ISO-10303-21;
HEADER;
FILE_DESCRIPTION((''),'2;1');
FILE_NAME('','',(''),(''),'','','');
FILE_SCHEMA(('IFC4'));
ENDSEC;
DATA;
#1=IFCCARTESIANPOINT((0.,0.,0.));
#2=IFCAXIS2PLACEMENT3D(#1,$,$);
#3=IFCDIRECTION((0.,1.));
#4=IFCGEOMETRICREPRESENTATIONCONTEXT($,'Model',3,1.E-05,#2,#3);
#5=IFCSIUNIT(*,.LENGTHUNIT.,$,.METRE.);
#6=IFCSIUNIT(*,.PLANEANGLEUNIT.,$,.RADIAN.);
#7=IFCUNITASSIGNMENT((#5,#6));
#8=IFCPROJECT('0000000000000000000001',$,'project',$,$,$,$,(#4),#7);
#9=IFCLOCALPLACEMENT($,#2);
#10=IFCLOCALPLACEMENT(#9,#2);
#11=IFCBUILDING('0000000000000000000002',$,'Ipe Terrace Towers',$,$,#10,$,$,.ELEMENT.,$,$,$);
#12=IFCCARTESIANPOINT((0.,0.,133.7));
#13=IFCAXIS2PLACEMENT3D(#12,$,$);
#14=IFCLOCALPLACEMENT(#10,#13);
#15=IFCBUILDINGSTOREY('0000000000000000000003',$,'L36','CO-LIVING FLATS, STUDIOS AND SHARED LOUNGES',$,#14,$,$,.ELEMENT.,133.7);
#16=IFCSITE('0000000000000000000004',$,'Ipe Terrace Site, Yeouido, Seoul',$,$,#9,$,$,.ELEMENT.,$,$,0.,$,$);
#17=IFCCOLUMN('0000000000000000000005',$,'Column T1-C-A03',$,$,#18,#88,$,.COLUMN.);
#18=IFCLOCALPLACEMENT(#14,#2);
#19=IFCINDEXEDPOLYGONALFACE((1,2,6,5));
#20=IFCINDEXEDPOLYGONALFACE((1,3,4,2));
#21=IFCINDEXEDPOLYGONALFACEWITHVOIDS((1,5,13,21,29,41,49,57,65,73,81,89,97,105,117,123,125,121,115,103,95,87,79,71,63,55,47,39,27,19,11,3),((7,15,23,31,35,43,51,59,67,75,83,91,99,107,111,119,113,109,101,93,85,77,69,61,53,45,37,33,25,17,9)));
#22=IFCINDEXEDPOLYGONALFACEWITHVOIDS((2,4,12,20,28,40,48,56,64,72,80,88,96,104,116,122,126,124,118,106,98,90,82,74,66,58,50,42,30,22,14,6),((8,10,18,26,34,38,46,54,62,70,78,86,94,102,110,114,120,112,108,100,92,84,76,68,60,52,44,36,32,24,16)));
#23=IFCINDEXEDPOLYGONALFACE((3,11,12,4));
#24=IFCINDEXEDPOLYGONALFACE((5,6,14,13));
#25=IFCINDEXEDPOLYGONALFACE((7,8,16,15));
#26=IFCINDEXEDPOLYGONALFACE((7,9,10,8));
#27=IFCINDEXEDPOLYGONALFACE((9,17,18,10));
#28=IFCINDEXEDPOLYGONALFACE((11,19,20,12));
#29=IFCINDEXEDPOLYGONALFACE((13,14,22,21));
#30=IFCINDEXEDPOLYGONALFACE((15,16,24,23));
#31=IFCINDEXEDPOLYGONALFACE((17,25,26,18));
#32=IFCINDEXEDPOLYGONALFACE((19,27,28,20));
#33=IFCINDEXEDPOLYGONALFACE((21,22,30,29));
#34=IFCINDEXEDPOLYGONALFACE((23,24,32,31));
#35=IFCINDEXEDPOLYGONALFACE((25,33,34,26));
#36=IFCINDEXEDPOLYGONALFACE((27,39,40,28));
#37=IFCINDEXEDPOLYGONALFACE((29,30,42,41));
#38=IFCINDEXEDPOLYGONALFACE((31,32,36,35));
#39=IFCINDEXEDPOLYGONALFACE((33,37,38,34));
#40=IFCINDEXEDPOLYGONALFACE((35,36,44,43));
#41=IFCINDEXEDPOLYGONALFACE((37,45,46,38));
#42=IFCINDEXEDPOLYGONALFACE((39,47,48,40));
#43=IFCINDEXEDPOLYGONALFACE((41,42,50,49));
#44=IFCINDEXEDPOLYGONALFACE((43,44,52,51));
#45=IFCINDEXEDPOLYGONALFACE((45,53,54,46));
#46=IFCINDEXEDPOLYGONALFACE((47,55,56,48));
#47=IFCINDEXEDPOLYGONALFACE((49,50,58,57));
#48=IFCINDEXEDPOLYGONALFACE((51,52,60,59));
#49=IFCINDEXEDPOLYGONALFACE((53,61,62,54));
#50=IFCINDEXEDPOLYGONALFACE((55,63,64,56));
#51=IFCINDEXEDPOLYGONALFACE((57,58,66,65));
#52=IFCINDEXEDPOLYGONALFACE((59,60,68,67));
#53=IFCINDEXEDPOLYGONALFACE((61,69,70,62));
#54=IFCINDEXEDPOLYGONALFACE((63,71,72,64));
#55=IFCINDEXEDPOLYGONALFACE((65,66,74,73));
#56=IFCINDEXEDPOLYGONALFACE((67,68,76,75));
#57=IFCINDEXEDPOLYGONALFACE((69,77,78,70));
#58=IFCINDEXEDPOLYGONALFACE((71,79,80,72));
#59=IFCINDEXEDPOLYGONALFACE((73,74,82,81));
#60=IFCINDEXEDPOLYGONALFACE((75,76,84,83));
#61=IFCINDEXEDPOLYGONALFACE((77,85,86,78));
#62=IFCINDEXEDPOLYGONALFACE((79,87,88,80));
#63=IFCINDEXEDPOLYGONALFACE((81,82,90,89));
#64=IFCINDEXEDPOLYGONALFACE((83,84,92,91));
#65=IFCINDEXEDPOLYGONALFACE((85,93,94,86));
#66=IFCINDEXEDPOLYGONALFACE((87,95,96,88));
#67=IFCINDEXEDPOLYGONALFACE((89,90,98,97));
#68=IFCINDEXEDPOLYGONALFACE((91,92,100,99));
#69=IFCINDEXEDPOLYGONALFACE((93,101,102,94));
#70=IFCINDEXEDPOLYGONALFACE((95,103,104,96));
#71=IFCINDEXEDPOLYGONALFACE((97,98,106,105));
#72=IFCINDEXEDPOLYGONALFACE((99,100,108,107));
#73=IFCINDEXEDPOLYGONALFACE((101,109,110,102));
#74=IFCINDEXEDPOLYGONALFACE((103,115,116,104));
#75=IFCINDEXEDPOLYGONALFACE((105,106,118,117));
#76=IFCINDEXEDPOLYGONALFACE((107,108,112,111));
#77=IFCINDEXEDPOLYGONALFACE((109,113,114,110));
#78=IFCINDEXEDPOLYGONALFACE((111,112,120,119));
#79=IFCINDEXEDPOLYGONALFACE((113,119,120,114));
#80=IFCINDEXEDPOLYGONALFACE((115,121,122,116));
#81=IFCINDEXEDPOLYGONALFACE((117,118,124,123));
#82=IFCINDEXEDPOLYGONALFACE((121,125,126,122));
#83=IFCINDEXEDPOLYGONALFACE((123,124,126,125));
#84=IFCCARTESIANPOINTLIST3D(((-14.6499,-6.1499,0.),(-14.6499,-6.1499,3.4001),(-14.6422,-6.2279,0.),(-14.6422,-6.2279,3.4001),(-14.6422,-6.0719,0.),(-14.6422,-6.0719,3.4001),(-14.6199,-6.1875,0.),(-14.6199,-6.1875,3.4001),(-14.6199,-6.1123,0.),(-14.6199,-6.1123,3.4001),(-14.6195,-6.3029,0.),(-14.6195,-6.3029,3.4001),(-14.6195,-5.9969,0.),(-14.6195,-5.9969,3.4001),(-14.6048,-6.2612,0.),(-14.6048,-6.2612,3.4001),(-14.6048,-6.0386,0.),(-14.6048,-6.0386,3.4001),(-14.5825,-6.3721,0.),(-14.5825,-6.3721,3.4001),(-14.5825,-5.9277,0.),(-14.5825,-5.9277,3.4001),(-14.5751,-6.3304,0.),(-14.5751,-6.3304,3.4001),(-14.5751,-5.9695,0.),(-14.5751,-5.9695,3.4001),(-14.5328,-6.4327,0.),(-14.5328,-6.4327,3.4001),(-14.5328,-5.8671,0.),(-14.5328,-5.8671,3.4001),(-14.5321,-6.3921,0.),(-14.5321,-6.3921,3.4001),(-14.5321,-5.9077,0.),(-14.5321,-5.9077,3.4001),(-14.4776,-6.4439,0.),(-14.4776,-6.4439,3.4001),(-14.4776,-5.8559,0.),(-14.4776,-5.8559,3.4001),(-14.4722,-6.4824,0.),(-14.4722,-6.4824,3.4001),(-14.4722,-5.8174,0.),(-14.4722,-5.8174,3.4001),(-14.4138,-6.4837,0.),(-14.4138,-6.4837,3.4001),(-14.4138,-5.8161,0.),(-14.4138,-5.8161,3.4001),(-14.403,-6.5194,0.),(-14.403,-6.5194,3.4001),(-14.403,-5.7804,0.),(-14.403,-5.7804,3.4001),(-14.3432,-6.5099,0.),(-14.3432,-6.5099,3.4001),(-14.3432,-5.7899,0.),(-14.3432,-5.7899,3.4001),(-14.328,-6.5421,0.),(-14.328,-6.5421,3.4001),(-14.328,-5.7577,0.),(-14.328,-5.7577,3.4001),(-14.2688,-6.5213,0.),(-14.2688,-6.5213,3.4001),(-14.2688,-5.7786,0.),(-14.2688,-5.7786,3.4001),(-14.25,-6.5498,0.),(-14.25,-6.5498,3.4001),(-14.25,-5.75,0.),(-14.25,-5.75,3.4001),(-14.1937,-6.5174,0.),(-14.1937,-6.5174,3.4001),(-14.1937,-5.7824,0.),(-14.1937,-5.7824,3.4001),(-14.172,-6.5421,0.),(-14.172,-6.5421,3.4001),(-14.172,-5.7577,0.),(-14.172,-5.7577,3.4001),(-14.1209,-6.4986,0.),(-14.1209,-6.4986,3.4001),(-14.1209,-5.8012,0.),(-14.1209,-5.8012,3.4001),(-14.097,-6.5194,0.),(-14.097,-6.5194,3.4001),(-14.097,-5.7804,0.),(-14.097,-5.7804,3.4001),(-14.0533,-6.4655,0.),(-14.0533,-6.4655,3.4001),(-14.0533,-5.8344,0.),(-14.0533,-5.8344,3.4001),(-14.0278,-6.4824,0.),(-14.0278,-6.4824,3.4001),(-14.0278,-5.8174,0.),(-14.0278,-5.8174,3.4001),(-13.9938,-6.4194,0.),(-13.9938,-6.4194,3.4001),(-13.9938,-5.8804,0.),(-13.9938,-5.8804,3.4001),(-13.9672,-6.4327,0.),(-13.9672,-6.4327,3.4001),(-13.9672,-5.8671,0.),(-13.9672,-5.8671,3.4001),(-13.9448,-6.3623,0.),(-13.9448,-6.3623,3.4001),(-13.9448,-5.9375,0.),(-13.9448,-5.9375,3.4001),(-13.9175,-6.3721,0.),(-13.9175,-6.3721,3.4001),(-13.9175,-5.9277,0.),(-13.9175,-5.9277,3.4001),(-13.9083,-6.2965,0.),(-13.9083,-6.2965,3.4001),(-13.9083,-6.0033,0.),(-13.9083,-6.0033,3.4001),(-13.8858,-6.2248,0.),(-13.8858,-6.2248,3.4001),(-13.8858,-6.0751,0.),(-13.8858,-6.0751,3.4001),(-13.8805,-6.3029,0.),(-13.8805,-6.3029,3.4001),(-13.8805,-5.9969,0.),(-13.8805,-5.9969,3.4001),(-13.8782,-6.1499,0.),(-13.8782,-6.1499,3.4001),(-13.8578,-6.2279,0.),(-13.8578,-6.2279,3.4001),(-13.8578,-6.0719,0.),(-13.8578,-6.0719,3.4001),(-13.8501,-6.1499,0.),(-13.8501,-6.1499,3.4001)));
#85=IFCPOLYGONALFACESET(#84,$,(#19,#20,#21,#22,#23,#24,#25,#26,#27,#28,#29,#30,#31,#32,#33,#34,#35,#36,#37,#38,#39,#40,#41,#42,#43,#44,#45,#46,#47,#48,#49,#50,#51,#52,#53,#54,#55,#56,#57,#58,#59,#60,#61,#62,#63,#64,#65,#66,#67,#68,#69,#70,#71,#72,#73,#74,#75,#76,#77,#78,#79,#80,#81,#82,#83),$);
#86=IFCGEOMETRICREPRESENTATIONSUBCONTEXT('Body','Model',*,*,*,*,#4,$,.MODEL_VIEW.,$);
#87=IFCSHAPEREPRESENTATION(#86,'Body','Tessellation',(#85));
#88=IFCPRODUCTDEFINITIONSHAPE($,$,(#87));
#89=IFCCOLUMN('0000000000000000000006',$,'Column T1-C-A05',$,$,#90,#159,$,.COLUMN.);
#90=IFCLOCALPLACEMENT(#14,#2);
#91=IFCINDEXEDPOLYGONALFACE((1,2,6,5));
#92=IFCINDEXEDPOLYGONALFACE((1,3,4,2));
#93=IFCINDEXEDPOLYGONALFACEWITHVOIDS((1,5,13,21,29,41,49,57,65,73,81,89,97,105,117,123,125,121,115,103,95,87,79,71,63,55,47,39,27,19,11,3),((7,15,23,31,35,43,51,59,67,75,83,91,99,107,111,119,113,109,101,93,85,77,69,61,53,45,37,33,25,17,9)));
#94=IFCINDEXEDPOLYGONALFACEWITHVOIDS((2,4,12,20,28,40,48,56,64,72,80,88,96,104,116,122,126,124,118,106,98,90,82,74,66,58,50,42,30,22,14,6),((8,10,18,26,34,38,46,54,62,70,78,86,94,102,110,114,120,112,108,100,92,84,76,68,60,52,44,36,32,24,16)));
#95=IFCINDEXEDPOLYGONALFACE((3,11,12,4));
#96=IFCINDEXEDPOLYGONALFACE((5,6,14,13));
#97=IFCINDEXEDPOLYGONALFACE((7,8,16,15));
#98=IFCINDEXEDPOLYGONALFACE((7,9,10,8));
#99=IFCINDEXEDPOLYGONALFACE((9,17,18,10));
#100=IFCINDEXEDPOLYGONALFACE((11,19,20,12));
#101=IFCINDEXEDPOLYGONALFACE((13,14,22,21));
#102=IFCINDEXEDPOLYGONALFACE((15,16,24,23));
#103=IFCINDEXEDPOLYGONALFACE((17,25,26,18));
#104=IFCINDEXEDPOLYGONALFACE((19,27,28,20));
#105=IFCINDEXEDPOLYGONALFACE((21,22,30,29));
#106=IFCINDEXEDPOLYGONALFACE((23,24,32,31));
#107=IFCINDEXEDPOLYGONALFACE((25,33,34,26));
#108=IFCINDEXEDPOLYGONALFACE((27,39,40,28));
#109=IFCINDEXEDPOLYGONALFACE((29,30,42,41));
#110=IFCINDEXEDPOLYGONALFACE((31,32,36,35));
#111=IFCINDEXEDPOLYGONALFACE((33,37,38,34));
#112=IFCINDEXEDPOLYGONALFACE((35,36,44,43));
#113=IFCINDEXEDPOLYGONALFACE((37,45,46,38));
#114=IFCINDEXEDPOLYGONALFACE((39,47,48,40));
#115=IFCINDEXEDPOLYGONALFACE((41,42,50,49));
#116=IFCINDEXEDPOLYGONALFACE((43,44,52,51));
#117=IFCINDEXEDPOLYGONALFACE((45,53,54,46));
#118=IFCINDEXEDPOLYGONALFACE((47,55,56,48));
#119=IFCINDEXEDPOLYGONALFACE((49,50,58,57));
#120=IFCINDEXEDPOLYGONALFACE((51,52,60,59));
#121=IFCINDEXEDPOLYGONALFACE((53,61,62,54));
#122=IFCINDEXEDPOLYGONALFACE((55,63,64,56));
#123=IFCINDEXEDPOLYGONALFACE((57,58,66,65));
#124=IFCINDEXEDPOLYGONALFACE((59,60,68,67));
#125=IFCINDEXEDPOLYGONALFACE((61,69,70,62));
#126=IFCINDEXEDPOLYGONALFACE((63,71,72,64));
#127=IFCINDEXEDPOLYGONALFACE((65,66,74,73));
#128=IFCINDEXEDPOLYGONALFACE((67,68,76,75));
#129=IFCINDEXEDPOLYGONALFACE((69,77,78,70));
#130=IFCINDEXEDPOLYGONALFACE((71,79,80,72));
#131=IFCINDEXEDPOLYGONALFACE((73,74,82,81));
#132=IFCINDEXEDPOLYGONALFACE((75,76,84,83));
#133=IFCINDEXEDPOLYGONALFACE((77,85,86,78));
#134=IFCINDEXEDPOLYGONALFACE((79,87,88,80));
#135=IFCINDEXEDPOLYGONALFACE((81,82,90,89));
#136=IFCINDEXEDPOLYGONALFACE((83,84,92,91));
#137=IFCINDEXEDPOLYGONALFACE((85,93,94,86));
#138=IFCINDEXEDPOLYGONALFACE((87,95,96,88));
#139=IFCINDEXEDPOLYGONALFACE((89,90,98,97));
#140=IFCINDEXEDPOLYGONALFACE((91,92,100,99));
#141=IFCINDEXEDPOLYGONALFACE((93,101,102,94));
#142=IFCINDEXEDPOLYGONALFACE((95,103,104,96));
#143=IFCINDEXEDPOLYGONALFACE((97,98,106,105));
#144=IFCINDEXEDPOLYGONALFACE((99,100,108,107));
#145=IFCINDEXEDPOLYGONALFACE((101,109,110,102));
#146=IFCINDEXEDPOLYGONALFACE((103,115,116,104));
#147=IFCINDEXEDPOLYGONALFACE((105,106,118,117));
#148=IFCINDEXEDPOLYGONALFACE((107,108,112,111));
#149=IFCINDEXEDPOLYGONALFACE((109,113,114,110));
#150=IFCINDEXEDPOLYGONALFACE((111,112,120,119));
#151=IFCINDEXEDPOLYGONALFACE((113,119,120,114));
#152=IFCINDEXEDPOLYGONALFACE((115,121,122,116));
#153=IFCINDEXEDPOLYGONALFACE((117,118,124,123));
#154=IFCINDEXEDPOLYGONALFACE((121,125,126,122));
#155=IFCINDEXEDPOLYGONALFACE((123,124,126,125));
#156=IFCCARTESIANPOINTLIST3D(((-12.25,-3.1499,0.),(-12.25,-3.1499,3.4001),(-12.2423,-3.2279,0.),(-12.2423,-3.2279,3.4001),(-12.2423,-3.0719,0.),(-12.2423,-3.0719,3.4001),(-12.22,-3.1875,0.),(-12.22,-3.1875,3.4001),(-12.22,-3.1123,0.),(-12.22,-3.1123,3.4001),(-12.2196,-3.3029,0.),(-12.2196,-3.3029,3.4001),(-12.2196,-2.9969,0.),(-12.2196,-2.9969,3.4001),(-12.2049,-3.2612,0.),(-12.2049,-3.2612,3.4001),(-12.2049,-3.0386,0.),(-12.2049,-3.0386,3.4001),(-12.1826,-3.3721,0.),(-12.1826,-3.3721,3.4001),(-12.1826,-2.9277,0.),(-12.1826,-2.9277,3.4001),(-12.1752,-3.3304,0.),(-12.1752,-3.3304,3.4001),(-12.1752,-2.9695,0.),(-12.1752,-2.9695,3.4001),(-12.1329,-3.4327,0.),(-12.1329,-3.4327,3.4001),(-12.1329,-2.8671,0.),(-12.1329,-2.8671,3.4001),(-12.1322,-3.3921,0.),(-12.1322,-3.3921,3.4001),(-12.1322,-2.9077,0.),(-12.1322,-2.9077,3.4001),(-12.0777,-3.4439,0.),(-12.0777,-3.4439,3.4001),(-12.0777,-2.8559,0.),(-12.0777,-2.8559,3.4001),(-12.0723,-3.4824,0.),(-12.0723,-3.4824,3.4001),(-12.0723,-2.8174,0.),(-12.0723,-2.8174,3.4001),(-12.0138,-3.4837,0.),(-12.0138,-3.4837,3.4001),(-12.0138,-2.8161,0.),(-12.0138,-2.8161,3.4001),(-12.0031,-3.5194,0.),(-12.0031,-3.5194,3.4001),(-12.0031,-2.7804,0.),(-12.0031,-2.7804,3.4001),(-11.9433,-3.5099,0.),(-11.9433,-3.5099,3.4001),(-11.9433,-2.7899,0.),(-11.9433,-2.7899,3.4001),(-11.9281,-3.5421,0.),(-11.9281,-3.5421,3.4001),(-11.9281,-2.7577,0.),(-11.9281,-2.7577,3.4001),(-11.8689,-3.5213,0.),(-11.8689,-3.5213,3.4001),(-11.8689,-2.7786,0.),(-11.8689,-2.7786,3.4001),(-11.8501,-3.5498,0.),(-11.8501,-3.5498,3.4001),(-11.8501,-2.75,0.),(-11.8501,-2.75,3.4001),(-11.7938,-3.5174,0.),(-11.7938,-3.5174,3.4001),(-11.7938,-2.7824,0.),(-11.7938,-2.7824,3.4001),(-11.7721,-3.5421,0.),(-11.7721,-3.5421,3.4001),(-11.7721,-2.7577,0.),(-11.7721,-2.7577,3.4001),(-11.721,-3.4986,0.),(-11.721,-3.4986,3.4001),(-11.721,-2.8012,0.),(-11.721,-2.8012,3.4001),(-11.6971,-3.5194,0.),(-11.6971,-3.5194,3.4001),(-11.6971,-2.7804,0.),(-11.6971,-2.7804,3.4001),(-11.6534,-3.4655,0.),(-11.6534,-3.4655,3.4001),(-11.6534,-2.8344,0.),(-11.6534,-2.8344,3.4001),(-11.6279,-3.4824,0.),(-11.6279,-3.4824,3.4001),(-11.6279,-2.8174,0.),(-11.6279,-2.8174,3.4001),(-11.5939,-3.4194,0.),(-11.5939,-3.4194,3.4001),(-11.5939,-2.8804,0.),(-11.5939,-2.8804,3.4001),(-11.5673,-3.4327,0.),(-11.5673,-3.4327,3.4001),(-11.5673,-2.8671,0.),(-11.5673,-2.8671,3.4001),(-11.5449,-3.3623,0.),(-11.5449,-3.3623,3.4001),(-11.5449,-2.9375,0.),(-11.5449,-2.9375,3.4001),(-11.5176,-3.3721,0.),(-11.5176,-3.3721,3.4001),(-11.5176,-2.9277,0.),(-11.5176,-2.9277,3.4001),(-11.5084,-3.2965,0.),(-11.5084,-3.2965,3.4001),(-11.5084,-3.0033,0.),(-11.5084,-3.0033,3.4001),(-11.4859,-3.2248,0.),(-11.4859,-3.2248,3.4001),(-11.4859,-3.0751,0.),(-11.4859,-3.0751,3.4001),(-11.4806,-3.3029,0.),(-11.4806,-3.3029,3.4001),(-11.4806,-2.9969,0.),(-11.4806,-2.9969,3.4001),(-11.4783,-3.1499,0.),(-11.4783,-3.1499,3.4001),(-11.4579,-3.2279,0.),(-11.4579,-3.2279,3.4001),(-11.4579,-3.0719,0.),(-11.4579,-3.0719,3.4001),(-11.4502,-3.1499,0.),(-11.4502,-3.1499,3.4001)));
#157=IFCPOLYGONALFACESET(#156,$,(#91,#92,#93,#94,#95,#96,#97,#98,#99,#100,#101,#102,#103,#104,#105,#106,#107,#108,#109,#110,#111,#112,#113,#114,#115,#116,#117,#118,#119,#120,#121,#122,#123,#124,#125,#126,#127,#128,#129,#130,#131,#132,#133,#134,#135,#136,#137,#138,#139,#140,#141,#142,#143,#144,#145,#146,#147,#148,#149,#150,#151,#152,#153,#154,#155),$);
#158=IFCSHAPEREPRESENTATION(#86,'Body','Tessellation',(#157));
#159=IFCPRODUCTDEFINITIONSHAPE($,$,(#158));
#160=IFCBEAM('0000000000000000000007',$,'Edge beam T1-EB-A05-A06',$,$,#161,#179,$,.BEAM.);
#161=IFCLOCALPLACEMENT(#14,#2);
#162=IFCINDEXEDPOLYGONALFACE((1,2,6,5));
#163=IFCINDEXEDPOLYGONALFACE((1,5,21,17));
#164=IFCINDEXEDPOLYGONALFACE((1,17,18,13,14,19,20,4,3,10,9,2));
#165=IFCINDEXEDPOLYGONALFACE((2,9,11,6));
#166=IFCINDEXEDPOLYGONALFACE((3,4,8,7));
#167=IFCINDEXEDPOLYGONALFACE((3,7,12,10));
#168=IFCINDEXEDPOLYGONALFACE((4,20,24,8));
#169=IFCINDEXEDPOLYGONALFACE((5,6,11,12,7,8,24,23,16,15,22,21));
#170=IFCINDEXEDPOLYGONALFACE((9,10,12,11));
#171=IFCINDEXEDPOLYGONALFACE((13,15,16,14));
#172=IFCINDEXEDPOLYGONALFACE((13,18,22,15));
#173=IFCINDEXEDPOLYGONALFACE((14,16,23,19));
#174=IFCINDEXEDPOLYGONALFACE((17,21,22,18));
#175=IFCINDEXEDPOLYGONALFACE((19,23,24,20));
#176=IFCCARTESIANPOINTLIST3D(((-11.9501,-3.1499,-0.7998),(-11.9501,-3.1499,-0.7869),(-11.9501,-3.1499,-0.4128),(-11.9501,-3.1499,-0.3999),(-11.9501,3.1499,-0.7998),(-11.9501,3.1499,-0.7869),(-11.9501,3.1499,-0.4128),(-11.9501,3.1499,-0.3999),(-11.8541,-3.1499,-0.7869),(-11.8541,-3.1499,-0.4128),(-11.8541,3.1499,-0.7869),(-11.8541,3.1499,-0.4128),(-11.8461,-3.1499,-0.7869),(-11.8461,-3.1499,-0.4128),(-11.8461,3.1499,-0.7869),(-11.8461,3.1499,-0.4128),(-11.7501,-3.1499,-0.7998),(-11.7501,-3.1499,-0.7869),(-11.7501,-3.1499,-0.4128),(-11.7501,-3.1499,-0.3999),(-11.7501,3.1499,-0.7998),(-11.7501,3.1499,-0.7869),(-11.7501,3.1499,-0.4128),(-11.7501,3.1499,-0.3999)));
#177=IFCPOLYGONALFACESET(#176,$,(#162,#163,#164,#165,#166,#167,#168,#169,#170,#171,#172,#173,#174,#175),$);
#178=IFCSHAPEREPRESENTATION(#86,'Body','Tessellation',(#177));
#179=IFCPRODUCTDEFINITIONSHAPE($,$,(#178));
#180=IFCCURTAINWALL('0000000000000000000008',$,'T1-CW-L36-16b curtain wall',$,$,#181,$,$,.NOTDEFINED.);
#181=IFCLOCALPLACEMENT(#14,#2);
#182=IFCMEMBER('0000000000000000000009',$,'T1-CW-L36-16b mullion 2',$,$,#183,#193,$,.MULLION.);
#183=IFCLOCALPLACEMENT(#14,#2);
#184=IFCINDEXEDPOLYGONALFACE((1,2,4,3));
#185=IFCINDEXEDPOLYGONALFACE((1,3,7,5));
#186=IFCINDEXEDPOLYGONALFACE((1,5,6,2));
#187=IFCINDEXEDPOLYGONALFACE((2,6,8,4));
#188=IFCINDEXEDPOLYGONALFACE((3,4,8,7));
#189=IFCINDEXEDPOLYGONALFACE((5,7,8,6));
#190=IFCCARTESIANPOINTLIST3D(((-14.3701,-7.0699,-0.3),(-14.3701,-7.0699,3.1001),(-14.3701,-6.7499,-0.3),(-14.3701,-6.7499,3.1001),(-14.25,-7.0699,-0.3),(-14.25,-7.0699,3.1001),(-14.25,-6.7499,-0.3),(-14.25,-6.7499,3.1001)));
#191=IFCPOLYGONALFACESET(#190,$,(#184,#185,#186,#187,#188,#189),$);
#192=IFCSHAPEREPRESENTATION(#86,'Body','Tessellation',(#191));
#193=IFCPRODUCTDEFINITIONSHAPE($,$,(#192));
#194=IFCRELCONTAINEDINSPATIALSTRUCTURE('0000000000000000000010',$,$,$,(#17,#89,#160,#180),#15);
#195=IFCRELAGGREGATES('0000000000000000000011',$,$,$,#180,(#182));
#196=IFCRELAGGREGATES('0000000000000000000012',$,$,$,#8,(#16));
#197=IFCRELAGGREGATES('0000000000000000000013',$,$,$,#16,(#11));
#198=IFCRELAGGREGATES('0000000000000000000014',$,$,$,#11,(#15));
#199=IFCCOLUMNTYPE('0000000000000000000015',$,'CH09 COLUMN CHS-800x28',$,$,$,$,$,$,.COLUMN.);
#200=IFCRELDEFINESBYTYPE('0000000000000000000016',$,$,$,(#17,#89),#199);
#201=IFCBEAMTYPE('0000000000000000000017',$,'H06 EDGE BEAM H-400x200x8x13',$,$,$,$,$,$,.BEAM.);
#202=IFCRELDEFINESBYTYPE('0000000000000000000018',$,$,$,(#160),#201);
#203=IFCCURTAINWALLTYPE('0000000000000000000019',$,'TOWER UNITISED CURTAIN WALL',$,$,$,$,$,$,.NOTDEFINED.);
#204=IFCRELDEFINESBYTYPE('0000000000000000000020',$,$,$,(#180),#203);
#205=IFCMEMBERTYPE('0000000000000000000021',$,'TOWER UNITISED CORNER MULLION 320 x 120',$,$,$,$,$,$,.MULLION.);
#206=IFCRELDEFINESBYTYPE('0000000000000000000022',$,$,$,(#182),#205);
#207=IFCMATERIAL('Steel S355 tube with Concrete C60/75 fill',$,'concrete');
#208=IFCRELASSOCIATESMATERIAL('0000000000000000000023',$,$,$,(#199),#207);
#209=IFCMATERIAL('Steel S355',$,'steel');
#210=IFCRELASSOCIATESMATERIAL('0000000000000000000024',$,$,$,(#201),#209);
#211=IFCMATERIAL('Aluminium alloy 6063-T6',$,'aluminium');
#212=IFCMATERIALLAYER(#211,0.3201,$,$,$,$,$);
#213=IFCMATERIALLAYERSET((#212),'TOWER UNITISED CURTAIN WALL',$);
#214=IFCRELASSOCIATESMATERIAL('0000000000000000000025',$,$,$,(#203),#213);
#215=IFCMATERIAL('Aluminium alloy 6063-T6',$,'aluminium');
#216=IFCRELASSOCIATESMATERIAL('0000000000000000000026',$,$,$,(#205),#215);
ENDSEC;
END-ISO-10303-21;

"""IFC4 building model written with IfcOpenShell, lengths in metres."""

from ifc_helpers import new_model, si_unit, direction, frame, origin, origin_2d, place, context, subcontext, project, spatial, rectangle, hollow_circle, i_section, extrude, material, layer, layer_set, material_profile, profile_set, type_object, element, aggregate, save


model = new_model("IFC4")

# Units and contexts
model_context = context("Model", 3, precision=1e-05, world=origin(), true_north=direction((0.0, 1.0)))
body_context = subcontext(model_context, "Body", "Model", "MODEL_VIEW")
ifc_project = project(units=[si_unit("LENGTHUNIT", "METRE"), si_unit("PLANEANGLEUNIT", "RADIAN")], contexts=[model_context])

# Site, building, storey
site_placement = place(None, origin())
site = spatial("IfcSite", under=ifc_project, at=site_placement, Name="Ipe Terrace Site, Yeouido, Seoul", CompositionType="ELEMENT", RefElevation=0.0)
building_placement = place(site_placement, origin())
building = spatial("IfcBuilding", under=site, at=building_placement, Name="Ipe Terrace Towers", CompositionType="ELEMENT")
storey_placement = place(building_placement, frame((0.0, 0.0, 133.7)))
storey = spatial("IfcBuildingStorey", under=building, at=storey_placement, Name="L36", Description="CO-LIVING FLATS, STUDIOS AND SHARED LOUNGES", CompositionType="ELEMENT", Elevation=133.7)

# Columns
ifc_material_1 = material(Name="Steel S355 tube with Concrete C60/75 fill", Category="concrete")
ifc_material_profile_1 = material_profile(ifc_material_1, hollow_circle(Radius=0.3999, WallThickness=0.0281, at=origin_2d()), Name="CHS-800x28")
ifc_profile_set_1 = profile_set([ifc_material_profile_1], Name="Steel S355 tube with Concrete C60/75 fill")
column_type = type_object("IfcColumnType", Name="CH09 COLUMN CHS-800x28", PredefinedType="COLUMN", material=ifc_profile_set_1)
for number, where, z_axis, x_axis, name in (
    (1, (-14.25, -6.1499, 0.0), (0.0, 0.0, 1.0), (1.0, 0.0, 0.0), "Column T1-C-A03"),
    (2, (-11.8501, -3.1499, 0.0), (0.0, 0.0, 1.0), (1.0, 0.0, 0.0), "Column T1-C-A05"),
):
    element("IfcColumn", number, at=place(storey_placement, frame(where, z_axis=z_axis, x_axis=x_axis)), inside=storey, type_object=column_type, Name=name, PredefinedType="COLUMN", context=body_context, shape_type="SweptSolid", body=[
        extrude(hollow_circle(Radius=0.3999, WallThickness=0.0281, at=origin_2d()), origin(), (0.0, 0.0, 1.0), 3.4001),
    ])

# Beam
ifc_material_2 = material(Name="Steel S355", Category="steel")
ifc_material_profile_2 = material_profile(ifc_material_2, i_section(OverallWidth=0.2, OverallDepth=0.3999, WebThickness=0.0081, FlangeThickness=0.0129, at=origin_2d()), Name="H-400x200x8x13")
ifc_profile_set_2 = profile_set([ifc_material_profile_2], Name="Steel S355")
beam_type = type_object("IfcBeamType", Name="H06 EDGE BEAM H-400x200x8x13", PredefinedType="BEAM", material=ifc_profile_set_2)
beam_placement = place(storey_placement, frame((-11.8501, -3.1499, -0.5999), z_axis=(0.0, 1.0, 0.0), x_axis=(-1.0, 0.0, 0.0)))
element("IfcBeam", 3, at=beam_placement, inside=storey, type_object=beam_type, Name="Edge beam T1-EB-A05-A06", PredefinedType="BEAM", context=body_context, shape_type="SweptSolid", body=[
    extrude(i_section(OverallWidth=0.2, OverallDepth=0.3999, WebThickness=0.0081, FlangeThickness=0.0129, at=origin_2d()), origin(), (0.0, 0.0, 1.0), 6.2998),
])

# Curtain wall, member
ifc_material_3 = material(Name="Aluminium alloy 6063-T6", Category="aluminium")
ifc_layer_1 = layer(ifc_material_3, 0.3201)
ifc_layer_set_1 = layer_set([ifc_layer_1], Name="TOWER UNITISED CURTAIN WALL")
curtain_wall_type = type_object("IfcCurtainWallType", Name="TOWER UNITISED CURTAIN WALL", PredefinedType="NOTDEFINED", material=ifc_layer_set_1)
curtain_wall_1_placement = place(storey_placement, origin())
curtain_wall_1 = element("IfcCurtainWall", 4, at=curtain_wall_1_placement, inside=storey, type_object=curtain_wall_type, Name="T1-CW-L36-16b curtain wall", PredefinedType="NOTDEFINED")
ifc_material_4 = material(Name="Aluminium alloy 6063-T6", Category="aluminium")
ifc_material_profile_3 = material_profile(ifc_material_4, rectangle(XDim=0.3201, YDim=0.1201, at=origin_2d()), Name="TOWER UNITISED CORNER MULLION 320 x 120")
ifc_profile_set_3 = profile_set([ifc_material_profile_3], Name="Aluminium alloy 6063-T6")
member_type_1 = type_object("IfcMemberType", Name="TOWER UNITISED CORNER MULLION 320 x 120", PredefinedType="MULLION", material=ifc_profile_set_3)
member_1_placement = place(storey_placement, frame((-14.3101, -6.9099, -0.3), z_axis=(0.0, 0.0, 1.0), x_axis=(0.0, -1.0, 0.0)))
member_1 = element("IfcMember", 5, at=member_1_placement, type_object=member_type_1, Name="T1-CW-L36-16b mullion 2", PredefinedType="MULLION", context=body_context, shape_type="SweptSolid", body=[
    extrude(rectangle(XDim=0.3201, YDim=0.1201, at=origin_2d()), origin(), (0.0, 0.0, 1.0), 3.4001),
])

aggregate(curtain_wall_1, [member_1])

save(model, "model.ifc")
